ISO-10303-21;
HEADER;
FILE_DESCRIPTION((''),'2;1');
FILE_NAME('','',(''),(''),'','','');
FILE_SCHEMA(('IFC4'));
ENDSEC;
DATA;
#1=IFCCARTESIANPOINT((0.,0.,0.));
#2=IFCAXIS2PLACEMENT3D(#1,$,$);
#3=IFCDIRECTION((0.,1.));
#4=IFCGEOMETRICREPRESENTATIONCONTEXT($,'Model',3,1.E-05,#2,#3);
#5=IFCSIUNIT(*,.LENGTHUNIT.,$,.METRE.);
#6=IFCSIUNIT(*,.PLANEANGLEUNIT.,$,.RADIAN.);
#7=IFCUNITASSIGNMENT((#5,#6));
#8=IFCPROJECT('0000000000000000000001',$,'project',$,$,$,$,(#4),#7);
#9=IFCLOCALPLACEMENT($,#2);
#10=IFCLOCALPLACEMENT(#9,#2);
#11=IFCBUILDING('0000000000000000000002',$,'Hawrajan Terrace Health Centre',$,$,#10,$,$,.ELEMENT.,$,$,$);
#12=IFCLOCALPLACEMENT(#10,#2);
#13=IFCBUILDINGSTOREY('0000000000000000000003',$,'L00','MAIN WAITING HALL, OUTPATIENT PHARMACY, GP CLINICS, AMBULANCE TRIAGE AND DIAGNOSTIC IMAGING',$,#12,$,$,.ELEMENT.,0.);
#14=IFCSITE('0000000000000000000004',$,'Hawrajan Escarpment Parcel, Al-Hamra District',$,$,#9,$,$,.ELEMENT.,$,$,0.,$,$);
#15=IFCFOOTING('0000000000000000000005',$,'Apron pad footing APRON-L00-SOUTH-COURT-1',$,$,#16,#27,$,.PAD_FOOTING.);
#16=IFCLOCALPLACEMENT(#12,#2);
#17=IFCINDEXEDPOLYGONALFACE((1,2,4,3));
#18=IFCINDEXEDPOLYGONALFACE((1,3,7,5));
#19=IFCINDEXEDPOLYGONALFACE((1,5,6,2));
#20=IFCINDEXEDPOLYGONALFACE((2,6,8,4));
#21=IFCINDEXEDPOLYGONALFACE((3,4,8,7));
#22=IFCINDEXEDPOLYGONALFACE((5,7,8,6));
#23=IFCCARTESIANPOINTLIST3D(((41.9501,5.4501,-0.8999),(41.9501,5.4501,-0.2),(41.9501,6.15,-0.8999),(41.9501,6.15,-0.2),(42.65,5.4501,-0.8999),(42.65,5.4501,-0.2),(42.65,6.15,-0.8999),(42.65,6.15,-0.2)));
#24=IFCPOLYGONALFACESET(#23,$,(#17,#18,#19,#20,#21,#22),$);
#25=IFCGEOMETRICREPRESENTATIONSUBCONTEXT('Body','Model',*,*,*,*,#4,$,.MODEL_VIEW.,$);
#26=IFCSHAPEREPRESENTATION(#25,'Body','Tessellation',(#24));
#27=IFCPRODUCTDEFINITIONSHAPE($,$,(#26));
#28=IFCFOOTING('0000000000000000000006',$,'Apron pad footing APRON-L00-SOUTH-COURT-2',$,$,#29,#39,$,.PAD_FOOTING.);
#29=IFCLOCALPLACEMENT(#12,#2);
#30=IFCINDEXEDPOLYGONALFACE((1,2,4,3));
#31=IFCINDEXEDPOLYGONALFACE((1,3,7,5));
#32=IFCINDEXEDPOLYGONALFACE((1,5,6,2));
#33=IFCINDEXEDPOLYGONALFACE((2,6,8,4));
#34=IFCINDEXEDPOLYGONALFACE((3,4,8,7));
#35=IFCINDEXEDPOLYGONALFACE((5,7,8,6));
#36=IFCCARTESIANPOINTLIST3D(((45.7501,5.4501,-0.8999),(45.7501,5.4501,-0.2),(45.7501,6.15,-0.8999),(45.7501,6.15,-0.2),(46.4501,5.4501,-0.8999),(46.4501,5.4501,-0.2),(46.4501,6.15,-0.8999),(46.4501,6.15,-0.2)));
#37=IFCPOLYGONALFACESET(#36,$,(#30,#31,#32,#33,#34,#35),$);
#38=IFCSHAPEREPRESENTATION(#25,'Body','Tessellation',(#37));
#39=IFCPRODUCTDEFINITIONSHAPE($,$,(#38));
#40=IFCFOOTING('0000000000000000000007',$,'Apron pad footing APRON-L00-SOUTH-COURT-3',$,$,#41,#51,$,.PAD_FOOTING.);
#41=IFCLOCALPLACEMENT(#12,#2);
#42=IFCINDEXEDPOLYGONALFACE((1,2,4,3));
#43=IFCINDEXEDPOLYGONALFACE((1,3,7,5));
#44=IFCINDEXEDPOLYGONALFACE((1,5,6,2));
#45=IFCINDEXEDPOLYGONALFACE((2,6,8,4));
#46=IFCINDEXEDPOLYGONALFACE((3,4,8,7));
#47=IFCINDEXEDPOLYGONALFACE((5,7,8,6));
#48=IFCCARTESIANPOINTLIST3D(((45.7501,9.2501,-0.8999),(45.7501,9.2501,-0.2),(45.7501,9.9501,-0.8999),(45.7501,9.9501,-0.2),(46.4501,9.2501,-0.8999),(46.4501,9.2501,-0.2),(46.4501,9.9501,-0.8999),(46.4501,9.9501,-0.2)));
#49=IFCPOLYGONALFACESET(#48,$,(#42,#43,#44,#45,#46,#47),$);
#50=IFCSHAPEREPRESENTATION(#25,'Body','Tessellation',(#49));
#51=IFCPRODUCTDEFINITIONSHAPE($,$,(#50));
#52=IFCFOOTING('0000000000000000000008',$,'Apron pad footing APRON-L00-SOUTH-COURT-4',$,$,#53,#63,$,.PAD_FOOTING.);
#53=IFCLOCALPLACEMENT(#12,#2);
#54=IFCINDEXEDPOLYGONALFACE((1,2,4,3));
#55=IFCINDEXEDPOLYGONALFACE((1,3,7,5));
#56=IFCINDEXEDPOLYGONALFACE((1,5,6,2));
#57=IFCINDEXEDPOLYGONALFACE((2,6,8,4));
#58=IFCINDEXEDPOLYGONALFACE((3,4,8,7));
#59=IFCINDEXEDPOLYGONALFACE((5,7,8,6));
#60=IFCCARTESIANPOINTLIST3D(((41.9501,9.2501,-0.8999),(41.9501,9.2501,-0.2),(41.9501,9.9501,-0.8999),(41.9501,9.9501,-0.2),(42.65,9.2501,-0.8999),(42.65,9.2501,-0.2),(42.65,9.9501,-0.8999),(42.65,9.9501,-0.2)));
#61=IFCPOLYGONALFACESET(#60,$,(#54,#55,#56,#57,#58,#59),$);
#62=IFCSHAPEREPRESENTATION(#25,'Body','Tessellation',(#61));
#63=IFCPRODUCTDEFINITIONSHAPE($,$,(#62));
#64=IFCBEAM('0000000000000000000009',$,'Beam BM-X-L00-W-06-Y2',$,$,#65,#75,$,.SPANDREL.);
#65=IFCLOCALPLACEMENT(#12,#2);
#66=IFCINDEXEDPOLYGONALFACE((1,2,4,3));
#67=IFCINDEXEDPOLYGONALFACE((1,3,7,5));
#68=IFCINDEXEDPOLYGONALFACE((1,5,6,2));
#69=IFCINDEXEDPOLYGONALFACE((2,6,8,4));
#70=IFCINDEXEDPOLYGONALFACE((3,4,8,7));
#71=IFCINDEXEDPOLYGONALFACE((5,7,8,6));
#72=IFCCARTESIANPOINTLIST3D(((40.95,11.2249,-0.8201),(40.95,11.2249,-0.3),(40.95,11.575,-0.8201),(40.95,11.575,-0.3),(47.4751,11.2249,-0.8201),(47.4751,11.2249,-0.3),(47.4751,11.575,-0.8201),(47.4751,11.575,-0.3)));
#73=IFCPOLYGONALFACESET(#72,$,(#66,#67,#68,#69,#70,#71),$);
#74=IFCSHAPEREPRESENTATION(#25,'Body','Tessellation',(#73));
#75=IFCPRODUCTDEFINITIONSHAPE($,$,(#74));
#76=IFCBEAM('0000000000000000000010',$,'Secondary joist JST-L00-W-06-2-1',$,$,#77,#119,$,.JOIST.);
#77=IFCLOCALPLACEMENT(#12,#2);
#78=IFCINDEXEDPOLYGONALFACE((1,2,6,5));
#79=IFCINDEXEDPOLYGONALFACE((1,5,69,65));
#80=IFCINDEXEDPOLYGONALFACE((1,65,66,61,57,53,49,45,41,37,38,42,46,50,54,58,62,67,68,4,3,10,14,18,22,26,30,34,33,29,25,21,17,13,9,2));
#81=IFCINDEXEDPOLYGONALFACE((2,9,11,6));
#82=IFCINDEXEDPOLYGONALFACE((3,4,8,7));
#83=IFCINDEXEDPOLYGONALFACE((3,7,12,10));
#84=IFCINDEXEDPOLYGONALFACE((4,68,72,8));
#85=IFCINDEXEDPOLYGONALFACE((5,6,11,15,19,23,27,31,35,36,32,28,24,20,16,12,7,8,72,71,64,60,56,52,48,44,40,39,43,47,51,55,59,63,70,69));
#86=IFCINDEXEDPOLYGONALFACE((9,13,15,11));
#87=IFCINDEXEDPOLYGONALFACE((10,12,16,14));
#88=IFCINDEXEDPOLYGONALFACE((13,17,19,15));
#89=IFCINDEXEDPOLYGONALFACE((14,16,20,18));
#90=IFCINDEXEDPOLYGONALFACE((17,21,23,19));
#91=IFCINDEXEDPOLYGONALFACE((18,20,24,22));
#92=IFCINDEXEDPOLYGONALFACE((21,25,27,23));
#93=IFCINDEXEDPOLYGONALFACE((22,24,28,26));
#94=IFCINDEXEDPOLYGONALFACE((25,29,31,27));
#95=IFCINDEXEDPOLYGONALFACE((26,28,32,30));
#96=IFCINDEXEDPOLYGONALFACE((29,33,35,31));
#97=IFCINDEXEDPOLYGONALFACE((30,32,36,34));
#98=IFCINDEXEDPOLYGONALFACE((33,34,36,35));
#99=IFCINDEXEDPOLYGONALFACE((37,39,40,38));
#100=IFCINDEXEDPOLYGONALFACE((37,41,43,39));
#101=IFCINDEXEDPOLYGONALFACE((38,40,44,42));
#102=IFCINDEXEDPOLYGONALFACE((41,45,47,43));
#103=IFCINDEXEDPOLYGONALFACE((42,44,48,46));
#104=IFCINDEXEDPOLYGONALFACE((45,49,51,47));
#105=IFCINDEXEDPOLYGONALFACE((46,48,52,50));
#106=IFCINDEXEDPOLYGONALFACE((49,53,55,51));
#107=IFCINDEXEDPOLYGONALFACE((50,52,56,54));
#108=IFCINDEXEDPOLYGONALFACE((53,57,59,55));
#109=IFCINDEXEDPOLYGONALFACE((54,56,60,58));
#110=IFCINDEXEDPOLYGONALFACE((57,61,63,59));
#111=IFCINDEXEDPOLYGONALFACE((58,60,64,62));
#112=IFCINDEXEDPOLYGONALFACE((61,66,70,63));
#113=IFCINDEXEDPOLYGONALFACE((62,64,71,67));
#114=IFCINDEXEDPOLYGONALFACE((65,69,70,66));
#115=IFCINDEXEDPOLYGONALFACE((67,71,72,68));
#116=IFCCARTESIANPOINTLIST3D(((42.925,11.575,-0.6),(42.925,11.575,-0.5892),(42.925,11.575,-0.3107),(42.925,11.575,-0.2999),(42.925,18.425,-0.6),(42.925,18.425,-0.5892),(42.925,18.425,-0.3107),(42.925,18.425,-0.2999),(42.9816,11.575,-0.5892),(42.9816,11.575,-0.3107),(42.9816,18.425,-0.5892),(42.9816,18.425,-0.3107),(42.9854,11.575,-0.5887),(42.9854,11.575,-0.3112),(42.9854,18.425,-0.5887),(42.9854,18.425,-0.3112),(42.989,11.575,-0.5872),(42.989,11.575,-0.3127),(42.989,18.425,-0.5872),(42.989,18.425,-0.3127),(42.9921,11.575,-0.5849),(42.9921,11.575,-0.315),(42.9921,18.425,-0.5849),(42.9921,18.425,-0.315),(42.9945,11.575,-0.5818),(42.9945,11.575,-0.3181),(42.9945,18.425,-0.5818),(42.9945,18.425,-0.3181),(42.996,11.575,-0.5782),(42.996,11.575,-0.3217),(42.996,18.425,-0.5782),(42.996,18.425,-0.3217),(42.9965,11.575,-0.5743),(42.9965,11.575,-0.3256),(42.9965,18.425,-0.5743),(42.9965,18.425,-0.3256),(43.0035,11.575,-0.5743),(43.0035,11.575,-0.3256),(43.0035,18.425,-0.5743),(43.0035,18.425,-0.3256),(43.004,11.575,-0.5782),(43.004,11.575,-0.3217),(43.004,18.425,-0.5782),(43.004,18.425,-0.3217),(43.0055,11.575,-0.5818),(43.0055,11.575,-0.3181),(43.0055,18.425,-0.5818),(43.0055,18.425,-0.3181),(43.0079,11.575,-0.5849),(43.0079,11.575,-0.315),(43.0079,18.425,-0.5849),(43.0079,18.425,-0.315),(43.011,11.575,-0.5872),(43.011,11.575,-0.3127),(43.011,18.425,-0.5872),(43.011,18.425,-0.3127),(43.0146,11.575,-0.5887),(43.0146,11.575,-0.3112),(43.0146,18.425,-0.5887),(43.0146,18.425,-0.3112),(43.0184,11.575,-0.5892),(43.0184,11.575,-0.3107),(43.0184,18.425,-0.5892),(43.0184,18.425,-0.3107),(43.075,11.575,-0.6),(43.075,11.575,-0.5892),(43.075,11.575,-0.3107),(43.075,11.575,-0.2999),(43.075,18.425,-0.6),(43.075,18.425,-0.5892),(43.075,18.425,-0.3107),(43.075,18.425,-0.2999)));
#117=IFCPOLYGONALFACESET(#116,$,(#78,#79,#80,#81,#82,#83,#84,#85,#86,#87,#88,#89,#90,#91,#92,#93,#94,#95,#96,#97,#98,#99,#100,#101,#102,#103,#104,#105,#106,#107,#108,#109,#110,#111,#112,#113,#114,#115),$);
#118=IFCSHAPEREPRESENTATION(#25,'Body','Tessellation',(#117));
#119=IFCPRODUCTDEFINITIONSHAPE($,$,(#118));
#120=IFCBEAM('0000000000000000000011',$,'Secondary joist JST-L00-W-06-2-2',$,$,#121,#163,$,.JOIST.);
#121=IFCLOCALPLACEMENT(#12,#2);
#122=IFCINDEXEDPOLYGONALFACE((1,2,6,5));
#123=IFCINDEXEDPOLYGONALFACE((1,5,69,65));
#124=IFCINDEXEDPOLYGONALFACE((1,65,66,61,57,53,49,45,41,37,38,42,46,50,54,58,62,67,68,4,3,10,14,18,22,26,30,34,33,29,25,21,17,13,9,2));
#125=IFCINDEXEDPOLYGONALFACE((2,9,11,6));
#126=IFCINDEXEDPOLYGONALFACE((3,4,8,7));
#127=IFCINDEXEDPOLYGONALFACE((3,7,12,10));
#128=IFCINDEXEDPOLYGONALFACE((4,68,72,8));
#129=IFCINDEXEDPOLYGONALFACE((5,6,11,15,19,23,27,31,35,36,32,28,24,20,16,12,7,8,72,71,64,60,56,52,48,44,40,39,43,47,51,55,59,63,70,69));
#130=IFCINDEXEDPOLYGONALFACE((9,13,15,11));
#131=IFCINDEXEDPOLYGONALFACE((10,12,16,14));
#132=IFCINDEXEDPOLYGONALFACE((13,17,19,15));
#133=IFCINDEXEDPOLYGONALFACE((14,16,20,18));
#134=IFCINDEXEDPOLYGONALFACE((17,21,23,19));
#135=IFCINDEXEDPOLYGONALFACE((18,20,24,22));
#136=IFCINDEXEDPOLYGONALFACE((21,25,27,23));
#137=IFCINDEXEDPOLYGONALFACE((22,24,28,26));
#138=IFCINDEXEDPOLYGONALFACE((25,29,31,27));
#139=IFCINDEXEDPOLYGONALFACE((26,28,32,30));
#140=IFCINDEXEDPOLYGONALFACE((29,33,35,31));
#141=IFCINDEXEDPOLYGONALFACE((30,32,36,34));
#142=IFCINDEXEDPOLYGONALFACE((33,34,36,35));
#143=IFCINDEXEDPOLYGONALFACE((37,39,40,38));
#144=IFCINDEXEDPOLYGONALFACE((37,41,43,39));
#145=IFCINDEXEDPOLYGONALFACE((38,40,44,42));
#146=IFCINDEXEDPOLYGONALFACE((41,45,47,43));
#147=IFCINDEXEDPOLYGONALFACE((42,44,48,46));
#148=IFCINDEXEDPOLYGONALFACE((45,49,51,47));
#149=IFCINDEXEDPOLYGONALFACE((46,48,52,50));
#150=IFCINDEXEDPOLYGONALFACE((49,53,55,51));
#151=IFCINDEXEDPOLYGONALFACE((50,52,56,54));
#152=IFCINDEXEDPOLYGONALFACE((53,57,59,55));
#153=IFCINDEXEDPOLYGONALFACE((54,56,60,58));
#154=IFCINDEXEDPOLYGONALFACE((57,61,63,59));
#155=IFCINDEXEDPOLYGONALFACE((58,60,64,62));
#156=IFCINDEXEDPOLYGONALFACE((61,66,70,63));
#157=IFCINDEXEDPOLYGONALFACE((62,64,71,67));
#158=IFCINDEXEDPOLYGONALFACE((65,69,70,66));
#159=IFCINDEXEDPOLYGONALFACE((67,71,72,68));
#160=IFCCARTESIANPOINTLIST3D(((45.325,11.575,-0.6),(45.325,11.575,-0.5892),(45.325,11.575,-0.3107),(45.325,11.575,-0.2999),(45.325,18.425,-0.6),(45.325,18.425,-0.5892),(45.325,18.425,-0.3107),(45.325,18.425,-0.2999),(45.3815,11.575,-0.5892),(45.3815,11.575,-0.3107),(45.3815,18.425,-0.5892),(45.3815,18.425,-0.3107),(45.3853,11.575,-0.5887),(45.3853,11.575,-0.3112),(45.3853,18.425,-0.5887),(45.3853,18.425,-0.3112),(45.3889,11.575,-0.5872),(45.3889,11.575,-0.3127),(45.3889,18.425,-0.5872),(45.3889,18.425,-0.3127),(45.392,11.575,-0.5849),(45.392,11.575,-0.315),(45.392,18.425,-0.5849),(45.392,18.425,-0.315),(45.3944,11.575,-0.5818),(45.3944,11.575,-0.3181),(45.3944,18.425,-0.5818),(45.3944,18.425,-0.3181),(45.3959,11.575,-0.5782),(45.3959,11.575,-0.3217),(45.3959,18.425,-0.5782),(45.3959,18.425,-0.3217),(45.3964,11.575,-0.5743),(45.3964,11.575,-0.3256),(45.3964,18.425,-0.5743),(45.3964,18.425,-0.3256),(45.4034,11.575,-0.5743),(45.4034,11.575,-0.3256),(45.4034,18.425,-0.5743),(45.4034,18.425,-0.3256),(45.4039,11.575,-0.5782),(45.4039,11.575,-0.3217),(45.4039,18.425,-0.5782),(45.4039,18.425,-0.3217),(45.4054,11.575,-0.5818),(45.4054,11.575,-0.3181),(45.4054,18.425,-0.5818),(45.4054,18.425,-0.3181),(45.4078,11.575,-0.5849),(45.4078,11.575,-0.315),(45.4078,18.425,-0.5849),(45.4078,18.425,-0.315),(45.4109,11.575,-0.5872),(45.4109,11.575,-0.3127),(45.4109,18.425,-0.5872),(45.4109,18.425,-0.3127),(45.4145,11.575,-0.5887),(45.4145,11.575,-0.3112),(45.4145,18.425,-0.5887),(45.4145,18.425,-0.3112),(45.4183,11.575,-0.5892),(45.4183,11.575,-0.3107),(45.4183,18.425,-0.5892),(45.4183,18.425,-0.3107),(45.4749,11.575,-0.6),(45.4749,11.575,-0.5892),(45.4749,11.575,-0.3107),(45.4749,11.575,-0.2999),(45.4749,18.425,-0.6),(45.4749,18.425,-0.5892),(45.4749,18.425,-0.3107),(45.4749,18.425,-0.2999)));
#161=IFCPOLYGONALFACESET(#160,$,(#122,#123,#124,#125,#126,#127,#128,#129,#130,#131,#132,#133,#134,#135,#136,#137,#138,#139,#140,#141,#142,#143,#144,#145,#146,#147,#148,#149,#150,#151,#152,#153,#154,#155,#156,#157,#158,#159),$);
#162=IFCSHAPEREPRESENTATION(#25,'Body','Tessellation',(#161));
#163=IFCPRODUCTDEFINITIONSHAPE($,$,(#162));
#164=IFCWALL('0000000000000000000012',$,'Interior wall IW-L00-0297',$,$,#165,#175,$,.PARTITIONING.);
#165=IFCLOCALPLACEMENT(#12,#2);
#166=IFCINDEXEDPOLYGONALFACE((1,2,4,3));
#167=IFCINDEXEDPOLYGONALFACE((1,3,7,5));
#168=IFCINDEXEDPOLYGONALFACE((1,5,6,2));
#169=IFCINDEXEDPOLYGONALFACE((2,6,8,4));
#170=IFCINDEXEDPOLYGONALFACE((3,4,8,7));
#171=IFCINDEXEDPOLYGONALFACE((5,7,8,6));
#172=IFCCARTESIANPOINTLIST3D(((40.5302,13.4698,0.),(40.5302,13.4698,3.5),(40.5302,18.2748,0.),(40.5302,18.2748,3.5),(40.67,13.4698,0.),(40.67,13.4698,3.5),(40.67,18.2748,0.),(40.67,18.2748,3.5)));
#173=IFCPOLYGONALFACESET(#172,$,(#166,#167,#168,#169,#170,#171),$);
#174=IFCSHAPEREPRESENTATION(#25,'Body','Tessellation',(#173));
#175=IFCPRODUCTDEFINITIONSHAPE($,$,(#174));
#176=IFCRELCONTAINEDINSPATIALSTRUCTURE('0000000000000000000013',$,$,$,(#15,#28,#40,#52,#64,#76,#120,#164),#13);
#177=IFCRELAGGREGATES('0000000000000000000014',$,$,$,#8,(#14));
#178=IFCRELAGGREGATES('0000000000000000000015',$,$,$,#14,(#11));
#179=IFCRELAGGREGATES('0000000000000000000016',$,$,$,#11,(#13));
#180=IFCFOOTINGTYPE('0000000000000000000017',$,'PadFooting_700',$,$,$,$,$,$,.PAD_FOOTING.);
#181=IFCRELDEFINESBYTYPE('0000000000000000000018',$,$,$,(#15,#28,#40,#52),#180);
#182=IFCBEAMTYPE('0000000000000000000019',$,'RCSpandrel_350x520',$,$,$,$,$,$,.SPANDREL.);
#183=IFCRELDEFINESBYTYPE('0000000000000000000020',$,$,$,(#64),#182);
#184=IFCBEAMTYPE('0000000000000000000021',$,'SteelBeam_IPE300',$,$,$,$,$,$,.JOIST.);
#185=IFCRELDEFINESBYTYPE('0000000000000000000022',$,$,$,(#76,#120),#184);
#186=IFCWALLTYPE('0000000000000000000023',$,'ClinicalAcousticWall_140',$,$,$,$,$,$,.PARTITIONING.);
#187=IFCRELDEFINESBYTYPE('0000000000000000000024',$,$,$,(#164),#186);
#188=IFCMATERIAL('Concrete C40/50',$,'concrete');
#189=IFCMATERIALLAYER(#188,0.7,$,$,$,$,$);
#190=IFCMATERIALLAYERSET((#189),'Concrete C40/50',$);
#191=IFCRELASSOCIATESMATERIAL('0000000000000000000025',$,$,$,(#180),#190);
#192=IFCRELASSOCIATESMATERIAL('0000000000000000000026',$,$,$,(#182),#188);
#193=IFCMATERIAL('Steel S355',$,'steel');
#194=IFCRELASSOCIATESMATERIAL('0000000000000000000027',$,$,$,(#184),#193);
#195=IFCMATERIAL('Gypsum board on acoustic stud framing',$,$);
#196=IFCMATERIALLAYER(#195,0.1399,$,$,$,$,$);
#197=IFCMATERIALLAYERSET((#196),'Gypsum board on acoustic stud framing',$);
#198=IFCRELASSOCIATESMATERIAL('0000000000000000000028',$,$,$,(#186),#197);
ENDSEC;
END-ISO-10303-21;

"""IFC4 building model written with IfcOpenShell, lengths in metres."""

from ifc_helpers import new_model, si_unit, direction, frame, frame_2d, origin, origin_2d, place, context, subcontext, project, spatial, rectangle, i_section, extrude, material, layer, layer_set, material_profile, profile_set, type_object, element, save


model = new_model("IFC4")

# Units and contexts
model_context = context("Model", 3, precision=1e-05, world=origin(), true_north=direction((0.0, 1.0)))
body_context = subcontext(model_context, "Body", "Model", "MODEL_VIEW")
ifc_project = project(units=[si_unit("LENGTHUNIT", "METRE"), si_unit("PLANEANGLEUNIT", "RADIAN")], contexts=[model_context])

# Site, building, storey
site_placement = place(None, origin())
site = spatial("IfcSite", under=ifc_project, at=site_placement, Name="Hawrajan Escarpment Parcel, Al-Hamra District", CompositionType="ELEMENT", RefElevation=0.0)
building_placement = place(site_placement, origin())
building = spatial("IfcBuilding", under=site, at=building_placement, Name="Hawrajan Terrace Health Centre", CompositionType="ELEMENT")
storey_placement = place(building_placement, origin())
storey = spatial("IfcBuildingStorey", under=building, at=storey_placement, Name="L00", Description="MAIN WAITING HALL, OUTPATIENT PHARMACY, GP CLINICS, AMBULANCE TRIAGE AND DIAGNOSTIC IMAGING", CompositionType="ELEMENT", Elevation=0.0)

# Footings
ifc_material_1 = material(Name="Concrete C40/50", Category="concrete")
ifc_layer_1 = layer(ifc_material_1, 0.7)
ifc_layer_set_1 = layer_set([ifc_layer_1], Name="Concrete C40/50")
footing_type = type_object("IfcFootingType", Name="PadFooting_700", PredefinedType="PAD_FOOTING", material=ifc_layer_set_1)
for number, where, z_axis, x_axis, name in (
    (1, (42.3, 5.8, -0.8999), (0.0, 0.0, 1.0), (1.0, 0.0, 0.0), "Apron pad footing APRON-L00-SOUTH-COURT-1"),
    (2, (46.1001, 5.8, -0.8999), (0.0, 0.0, 1.0), (1.0, 0.0, 0.0), "Apron pad footing APRON-L00-SOUTH-COURT-2"),
    (3, (46.1001, 9.6001, -0.8999), (0.0, 0.0, 1.0), (1.0, 0.0, 0.0), "Apron pad footing APRON-L00-SOUTH-COURT-3"),
    (4, (42.3, 9.6001, -0.8999), (0.0, 0.0, 1.0), (1.0, 0.0, 0.0), "Apron pad footing APRON-L00-SOUTH-COURT-4"),
):
    element("IfcFooting", number, at=place(storey_placement, frame(where, z_axis=z_axis, x_axis=x_axis)), inside=storey, type_object=footing_type, Name=name, PredefinedType="PAD_FOOTING", context=body_context, shape_type="SweptSolid", body=[
        extrude(rectangle(XDim=0.7, YDim=0.7, at=origin_2d()), origin(), (0.0, 0.0, 1.0), 0.7),
    ])

# Beams
ifc_material_profile_1 = material_profile(ifc_material_1, rectangle(XDim=0.3501, YDim=0.52, at=origin_2d()), Name="RC SP 350x520")
ifc_profile_set_1 = profile_set([ifc_material_profile_1], Name="Concrete C40/50")
beam_type_1 = type_object("IfcBeamType", Name="RCSpandrel_350x520", PredefinedType="SPANDREL", material=ifc_profile_set_1)
beam_placement = place(storey_placement, frame((40.95, 11.3999, -0.5601), z_axis=(1.0, 0.0, 0.0), x_axis=(0.0, 1.0, 0.0)))
element("IfcBeam", 5, at=beam_placement, inside=storey, type_object=beam_type_1, Name="Beam BM-X-L00-W-06-Y2", PredefinedType="SPANDREL", context=body_context, shape_type="SweptSolid", body=[
    extrude(rectangle(XDim=0.3501, YDim=0.52, at=origin_2d()), origin(), (0.0, 0.0, 1.0), 6.5251),
])
ifc_material_2 = material(Name="Steel S355", Category="steel")
ifc_material_profile_2 = material_profile(ifc_material_2, i_section(OverallWidth=0.1499, OverallDepth=0.3, WebThickness=0.0071, FlangeThickness=0.0107, FilletRadius=0.0149, at=origin_2d()), Name="IPE 300")
ifc_profile_set_2 = profile_set([ifc_material_profile_2], Name="Steel S355")
beam_type_2 = type_object("IfcBeamType", Name="SteelBeam_IPE300", PredefinedType="JOIST", material=ifc_profile_set_2)
for number, where, z_axis, x_axis, name in (
    (6, (43.0, 11.575, -0.45), (0.0, 1.0, 0.0), (-1.0, 0.0, 0.0), "Secondary joist JST-L00-W-06-2-1"),
    (7, (45.3999, 11.575, -0.45), (0.0, 1.0, 0.0), (-1.0, 0.0, 0.0), "Secondary joist JST-L00-W-06-2-2"),
):
    element("IfcBeam", number, at=place(storey_placement, frame(where, z_axis=z_axis, x_axis=x_axis)), inside=storey, type_object=beam_type_2, Name=name, PredefinedType="JOIST", context=body_context, shape_type="SweptSolid", body=[
        extrude(i_section(OverallWidth=0.1499, OverallDepth=0.3, WebThickness=0.0071, FlangeThickness=0.0107, FilletRadius=0.0149, at=origin_2d()), origin(), (0.0, 0.0, 1.0), 6.8501),
    ])

# Wall
ifc_material_3 = material(Name="Gypsum board on acoustic stud framing")
ifc_layer_2 = layer(ifc_material_3, 0.1399)
ifc_layer_set_2 = layer_set([ifc_layer_2], Name="Gypsum board on acoustic stud framing")
wall_type_1 = type_object("IfcWallType", Name="ClinicalAcousticWall_140", PredefinedType="PARTITIONING", material=ifc_layer_set_2)
wall_1_placement = place(storey_placement, frame((40.6001, 13.47, 0.0), z_axis=(0.0, 0.0, 1.0), x_axis=(0.0, 1.0, 0.0)))
element("IfcWall", 8, at=wall_1_placement, inside=storey, type_object=wall_type_1, Name="Interior wall IW-L00-0297", PredefinedType="PARTITIONING", context=body_context, shape_type="SweptSolid", body=[
    extrude(rectangle(XDim=4.8049, YDim=0.1399, at=frame_2d((2.4023, 0.0))), origin(), (0.0, 0.0, 1.0), 3.5),
])

save(model, "model.ifc")
